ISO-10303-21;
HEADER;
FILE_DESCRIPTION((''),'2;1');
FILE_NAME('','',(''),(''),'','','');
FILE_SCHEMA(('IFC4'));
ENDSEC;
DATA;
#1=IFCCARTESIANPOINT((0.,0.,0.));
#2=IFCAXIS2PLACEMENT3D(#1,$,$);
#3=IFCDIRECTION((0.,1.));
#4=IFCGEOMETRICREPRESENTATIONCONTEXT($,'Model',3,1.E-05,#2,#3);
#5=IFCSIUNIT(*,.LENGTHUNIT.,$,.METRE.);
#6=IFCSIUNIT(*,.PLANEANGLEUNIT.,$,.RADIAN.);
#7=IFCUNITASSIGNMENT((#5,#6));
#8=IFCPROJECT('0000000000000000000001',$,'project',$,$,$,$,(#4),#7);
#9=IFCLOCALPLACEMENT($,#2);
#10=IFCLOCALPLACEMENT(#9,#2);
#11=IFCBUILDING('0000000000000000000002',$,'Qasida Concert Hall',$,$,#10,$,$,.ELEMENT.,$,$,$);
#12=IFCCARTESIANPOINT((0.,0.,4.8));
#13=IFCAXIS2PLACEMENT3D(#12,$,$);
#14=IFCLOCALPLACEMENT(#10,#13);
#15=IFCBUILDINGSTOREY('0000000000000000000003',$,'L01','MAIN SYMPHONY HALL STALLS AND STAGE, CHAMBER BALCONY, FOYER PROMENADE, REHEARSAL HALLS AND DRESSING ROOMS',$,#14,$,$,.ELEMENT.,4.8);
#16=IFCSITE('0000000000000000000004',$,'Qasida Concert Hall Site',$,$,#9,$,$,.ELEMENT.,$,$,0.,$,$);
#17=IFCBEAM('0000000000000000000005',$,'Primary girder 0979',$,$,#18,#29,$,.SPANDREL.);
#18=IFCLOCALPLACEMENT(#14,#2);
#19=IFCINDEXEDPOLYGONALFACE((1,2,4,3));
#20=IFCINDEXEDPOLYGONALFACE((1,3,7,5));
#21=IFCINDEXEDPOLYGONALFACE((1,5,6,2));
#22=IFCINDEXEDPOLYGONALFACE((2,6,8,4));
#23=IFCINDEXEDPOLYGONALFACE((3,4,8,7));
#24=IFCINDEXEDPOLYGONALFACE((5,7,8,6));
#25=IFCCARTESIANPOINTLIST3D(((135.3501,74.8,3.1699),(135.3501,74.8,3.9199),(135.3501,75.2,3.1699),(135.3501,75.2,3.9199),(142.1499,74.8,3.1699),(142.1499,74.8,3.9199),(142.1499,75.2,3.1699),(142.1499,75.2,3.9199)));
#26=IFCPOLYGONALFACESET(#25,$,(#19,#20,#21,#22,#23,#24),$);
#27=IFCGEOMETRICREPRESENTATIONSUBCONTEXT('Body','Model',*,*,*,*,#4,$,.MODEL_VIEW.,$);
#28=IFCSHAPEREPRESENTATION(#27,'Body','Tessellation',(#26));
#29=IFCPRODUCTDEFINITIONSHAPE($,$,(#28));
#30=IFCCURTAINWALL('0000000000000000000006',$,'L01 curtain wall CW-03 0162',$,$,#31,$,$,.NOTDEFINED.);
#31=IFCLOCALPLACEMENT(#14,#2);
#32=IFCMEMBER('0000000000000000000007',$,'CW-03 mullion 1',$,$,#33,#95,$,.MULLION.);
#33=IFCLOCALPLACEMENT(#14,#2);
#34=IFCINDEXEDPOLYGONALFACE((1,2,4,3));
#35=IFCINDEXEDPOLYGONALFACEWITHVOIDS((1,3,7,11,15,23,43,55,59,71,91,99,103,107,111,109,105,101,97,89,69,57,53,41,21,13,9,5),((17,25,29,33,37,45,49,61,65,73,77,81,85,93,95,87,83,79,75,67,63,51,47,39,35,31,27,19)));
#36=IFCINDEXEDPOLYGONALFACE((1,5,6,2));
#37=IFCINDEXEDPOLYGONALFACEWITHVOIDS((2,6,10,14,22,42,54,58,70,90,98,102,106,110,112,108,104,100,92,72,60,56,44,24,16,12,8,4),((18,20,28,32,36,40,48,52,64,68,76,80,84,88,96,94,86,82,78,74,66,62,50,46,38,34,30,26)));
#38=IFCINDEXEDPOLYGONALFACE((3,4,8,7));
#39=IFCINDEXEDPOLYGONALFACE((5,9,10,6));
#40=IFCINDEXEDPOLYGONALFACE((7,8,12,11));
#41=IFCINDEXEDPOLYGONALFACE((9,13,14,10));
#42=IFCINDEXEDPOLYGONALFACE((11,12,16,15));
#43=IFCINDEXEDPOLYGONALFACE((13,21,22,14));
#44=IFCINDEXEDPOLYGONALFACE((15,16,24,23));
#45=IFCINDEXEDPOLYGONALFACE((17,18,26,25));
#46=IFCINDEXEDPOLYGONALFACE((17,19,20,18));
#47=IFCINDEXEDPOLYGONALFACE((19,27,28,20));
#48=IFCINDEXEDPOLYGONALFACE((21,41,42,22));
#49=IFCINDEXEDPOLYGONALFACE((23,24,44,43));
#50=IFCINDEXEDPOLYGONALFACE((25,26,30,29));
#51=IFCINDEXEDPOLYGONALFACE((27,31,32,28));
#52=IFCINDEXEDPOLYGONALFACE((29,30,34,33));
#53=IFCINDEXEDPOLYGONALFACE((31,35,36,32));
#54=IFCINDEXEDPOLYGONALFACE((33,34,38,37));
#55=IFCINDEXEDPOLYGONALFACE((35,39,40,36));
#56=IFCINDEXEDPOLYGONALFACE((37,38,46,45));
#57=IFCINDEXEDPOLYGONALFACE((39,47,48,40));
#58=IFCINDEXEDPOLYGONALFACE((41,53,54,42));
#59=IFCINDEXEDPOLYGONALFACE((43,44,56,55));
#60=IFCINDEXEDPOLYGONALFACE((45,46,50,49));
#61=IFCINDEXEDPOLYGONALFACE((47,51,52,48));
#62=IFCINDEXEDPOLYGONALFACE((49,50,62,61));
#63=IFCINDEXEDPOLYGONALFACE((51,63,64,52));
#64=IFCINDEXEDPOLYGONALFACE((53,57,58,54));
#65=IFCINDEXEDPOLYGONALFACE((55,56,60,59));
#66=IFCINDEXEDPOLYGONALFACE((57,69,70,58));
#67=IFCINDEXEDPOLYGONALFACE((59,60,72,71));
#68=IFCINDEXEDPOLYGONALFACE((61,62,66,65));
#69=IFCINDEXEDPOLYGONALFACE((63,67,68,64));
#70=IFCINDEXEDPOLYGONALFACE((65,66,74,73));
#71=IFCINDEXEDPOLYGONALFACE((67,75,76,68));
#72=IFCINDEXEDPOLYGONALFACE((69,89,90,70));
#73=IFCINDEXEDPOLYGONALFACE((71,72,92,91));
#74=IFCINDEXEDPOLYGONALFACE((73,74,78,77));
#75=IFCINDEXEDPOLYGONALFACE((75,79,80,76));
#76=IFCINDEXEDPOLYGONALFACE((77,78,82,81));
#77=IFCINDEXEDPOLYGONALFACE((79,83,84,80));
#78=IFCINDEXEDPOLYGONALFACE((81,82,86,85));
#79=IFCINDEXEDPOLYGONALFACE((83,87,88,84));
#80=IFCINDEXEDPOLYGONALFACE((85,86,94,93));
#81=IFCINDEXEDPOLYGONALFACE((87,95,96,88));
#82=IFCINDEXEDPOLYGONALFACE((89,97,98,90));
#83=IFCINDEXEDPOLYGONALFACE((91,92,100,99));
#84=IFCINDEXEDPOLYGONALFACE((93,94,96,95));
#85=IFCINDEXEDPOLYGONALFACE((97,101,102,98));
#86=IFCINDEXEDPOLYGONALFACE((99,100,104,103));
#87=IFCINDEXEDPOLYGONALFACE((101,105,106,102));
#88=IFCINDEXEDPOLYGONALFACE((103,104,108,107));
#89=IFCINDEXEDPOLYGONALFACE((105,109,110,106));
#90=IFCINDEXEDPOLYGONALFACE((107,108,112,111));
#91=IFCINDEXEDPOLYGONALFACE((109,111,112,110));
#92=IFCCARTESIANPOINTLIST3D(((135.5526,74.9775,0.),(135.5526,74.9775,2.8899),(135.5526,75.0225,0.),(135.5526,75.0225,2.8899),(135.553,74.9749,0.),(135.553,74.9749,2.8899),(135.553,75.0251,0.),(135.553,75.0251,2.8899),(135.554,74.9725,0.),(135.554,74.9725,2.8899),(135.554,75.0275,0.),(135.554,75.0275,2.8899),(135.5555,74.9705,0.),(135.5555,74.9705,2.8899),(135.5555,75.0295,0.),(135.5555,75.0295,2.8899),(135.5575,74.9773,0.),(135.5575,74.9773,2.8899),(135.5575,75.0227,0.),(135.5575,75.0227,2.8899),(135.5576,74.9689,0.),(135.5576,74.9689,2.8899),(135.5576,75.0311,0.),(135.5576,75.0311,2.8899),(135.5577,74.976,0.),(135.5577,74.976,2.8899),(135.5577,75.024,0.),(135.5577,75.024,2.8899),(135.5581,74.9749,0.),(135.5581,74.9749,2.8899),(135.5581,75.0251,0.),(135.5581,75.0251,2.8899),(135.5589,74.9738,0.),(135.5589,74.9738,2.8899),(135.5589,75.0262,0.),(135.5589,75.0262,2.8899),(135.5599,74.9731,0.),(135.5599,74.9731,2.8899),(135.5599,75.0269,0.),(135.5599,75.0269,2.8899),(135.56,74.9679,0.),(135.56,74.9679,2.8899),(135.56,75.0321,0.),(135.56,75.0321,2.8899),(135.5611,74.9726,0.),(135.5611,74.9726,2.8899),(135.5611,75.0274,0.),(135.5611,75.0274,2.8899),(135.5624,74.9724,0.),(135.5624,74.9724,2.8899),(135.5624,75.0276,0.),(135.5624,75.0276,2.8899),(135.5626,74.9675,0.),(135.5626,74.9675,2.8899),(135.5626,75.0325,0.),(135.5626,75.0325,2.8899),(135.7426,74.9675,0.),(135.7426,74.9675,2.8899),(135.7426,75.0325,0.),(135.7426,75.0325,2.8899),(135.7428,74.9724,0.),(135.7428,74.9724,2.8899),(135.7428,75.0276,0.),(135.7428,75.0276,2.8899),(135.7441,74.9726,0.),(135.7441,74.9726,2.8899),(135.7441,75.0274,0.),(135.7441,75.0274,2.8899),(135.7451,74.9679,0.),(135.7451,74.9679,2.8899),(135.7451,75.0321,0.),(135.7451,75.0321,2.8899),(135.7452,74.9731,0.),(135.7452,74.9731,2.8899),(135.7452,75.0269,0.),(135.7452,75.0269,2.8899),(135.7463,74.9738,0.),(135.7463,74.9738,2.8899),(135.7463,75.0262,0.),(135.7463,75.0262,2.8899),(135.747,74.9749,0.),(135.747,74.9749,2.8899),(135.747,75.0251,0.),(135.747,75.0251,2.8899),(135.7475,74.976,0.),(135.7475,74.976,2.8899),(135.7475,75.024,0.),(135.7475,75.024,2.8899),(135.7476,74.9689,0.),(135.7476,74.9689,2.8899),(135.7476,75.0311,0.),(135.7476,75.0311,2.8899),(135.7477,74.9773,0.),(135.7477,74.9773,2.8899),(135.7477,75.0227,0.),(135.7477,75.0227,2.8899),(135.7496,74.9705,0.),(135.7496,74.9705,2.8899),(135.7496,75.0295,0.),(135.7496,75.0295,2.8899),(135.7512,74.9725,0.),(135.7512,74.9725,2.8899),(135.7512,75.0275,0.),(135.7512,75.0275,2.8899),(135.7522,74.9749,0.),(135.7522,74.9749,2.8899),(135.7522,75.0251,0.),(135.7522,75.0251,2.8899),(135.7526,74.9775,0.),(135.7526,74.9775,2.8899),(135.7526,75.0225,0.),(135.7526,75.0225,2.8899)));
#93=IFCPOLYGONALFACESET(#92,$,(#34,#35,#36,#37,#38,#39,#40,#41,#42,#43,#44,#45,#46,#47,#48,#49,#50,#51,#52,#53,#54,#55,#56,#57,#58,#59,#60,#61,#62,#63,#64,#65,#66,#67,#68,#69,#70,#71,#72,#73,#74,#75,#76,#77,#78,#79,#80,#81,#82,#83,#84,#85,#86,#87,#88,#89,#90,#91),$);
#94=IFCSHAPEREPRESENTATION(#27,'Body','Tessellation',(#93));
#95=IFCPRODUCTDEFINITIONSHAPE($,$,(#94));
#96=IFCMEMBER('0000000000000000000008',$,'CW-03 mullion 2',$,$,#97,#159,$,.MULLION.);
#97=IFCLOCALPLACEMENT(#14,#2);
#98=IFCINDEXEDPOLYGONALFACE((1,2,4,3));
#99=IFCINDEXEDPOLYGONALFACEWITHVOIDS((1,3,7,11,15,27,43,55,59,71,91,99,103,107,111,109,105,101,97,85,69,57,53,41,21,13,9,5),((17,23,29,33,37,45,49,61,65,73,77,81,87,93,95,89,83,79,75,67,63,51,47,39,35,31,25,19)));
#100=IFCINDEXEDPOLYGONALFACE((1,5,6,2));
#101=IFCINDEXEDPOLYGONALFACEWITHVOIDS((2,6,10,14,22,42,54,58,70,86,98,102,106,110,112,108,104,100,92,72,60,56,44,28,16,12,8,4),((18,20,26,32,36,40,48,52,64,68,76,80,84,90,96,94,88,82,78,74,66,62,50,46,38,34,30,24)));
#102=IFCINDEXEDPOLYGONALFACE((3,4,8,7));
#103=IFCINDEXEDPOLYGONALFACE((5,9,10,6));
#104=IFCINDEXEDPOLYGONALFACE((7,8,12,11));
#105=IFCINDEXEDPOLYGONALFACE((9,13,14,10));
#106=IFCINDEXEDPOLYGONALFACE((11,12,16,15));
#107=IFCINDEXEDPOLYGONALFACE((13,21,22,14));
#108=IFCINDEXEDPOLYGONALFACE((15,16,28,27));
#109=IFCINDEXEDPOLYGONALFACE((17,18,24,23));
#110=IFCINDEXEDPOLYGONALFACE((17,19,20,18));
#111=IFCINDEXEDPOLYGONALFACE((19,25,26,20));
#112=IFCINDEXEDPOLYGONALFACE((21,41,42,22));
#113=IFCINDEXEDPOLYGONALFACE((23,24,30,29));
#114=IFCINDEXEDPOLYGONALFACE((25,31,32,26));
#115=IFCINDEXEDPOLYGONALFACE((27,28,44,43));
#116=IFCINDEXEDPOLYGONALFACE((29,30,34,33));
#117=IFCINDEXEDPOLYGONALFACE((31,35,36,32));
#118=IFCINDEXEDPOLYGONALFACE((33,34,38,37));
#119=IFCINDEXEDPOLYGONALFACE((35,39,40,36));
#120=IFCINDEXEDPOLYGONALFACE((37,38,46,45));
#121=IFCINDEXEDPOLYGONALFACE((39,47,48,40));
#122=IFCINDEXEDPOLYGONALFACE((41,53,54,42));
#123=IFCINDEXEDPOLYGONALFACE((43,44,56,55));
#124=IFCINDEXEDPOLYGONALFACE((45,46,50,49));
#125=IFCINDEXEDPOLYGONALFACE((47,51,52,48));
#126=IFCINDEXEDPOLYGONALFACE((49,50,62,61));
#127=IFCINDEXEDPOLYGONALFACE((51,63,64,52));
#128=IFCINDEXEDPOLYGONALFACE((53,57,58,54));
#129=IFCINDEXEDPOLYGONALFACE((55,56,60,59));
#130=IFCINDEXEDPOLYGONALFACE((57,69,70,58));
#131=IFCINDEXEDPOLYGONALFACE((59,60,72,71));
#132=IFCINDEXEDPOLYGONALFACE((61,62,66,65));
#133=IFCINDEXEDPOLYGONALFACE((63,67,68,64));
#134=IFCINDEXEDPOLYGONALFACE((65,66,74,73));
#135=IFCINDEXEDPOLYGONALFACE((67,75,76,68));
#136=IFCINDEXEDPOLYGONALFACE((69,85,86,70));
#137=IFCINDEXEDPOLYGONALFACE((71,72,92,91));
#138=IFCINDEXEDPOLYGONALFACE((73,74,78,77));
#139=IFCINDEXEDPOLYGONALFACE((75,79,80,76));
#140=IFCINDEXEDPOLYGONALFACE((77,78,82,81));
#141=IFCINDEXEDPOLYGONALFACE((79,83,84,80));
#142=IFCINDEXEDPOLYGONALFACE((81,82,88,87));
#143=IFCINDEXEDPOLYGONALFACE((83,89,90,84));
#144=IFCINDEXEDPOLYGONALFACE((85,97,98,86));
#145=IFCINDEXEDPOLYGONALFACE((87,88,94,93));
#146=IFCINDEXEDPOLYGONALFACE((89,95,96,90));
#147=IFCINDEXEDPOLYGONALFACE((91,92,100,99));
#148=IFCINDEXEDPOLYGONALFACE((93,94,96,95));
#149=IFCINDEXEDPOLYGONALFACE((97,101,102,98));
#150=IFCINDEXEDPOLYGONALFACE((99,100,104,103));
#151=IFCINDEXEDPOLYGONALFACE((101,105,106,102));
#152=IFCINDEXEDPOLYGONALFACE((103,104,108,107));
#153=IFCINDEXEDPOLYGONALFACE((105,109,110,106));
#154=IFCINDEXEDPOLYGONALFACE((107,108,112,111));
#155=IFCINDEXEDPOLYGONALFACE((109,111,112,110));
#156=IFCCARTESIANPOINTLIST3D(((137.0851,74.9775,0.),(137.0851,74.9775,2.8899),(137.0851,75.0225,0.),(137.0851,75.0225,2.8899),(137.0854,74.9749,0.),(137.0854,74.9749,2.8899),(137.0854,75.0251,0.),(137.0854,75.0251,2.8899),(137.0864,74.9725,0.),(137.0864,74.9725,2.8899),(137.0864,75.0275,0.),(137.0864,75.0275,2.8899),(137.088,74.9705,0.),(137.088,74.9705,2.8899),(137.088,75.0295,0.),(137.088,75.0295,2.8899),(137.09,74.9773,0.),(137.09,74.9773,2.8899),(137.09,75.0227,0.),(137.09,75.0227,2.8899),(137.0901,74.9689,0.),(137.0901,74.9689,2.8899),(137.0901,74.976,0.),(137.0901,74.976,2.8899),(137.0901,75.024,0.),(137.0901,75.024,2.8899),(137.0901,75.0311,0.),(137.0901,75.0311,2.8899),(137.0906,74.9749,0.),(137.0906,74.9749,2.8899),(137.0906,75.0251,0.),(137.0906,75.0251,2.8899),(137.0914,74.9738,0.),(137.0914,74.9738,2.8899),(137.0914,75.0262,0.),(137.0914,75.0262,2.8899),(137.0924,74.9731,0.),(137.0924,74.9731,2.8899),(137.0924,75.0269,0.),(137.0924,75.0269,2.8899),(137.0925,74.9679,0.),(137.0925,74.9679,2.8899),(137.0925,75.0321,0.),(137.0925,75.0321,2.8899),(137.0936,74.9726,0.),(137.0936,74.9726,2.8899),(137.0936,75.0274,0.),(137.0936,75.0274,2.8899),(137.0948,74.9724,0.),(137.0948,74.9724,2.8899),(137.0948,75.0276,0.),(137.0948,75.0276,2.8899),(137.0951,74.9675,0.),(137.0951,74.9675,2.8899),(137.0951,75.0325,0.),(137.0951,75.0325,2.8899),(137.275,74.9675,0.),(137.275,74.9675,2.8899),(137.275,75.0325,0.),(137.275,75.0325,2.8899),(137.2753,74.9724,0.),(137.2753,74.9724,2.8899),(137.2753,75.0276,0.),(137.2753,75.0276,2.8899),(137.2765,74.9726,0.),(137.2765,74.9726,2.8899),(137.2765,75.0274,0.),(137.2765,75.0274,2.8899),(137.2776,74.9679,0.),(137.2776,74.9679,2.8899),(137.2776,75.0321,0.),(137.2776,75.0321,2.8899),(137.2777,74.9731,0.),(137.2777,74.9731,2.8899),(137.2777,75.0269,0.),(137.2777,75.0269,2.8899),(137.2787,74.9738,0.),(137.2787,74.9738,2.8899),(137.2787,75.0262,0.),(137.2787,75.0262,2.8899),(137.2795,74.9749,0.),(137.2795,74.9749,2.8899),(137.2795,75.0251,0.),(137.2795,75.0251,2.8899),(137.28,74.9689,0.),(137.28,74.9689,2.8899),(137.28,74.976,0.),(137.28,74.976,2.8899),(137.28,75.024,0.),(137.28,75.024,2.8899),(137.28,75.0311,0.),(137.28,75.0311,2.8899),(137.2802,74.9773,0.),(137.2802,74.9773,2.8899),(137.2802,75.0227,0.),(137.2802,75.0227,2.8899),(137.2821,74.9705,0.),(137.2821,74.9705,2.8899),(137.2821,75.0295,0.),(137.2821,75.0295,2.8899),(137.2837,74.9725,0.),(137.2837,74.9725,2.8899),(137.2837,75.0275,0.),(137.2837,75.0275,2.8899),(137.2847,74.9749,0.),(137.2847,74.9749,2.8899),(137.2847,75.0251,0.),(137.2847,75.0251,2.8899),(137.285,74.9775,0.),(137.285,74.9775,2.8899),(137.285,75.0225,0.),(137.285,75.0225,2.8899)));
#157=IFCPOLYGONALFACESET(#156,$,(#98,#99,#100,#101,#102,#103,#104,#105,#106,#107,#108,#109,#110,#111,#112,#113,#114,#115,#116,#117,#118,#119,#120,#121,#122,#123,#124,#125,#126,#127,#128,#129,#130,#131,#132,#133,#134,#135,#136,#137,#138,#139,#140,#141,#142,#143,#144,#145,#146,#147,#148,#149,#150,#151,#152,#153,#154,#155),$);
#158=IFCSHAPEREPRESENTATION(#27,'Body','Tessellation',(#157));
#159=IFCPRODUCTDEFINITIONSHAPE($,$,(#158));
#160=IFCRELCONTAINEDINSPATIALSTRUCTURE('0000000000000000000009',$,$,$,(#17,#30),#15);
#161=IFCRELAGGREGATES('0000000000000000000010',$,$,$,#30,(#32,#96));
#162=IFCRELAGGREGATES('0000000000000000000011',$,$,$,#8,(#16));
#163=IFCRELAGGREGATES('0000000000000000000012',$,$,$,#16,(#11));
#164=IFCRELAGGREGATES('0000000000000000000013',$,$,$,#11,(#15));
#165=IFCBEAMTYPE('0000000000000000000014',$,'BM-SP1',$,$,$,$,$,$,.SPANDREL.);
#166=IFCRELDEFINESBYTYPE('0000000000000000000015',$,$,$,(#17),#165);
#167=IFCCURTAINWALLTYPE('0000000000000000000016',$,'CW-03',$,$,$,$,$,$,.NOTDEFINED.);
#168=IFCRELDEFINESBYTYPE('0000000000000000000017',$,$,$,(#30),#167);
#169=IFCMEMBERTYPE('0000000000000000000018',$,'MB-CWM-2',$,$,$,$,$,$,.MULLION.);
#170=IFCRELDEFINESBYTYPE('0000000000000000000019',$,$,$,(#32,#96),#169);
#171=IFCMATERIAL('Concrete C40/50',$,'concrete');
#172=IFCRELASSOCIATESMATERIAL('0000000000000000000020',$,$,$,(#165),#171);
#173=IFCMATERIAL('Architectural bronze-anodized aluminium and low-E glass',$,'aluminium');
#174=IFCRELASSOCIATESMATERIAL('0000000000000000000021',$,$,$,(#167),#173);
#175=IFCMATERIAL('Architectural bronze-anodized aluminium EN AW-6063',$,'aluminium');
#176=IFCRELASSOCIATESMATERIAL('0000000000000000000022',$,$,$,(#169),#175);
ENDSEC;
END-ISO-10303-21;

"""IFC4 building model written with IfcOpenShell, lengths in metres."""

from ifc_helpers import new_model, si_unit, direction, frame, origin, origin_2d, place, context, subcontext, project, spatial, rectangle, hollow_rectangle, extrude, material, material_profile, profile_set, type_object, element, aggregate, save


model = new_model("IFC4")

# Units and contexts
model_context = context("Model", 3, precision=1e-05, world=origin(), true_north=direction((0.0, 1.0)))
body_context = subcontext(model_context, "Body", "Model", "MODEL_VIEW")
ifc_project = project(units=[si_unit("LENGTHUNIT", "METRE"), si_unit("PLANEANGLEUNIT", "RADIAN")], contexts=[model_context])

# Site, building, storey
site_placement = place(None, origin())
site = spatial("IfcSite", under=ifc_project, at=site_placement, Name="Qasida Concert Hall Site", CompositionType="ELEMENT", RefElevation=0.0)
building_placement = place(site_placement, origin())
building = spatial("IfcBuilding", under=site, at=building_placement, Name="Qasida Concert Hall", CompositionType="ELEMENT")
storey_placement = place(building_placement, frame((0.0, 0.0, 4.8)))
storey = spatial("IfcBuildingStorey", under=building, at=storey_placement, Name="L01", Description="MAIN SYMPHONY HALL STALLS AND STAGE, CHAMBER BALCONY, FOYER PROMENADE, REHEARSAL HALLS AND DRESSING ROOMS", CompositionType="ELEMENT", Elevation=4.8)

# Beam
ifc_material_1 = material(Name="Concrete C40/50", Category="concrete")
ifc_material_profile_1 = material_profile(ifc_material_1, rectangle(XDim=0.3999, YDim=0.75, at=origin_2d()), Name="RC 400x750")
ifc_profile_set_1 = profile_set([ifc_material_profile_1], Name="Concrete C40/50")
beam_type = type_object("IfcBeamType", Name="BM-SP1", PredefinedType="SPANDREL", material=ifc_profile_set_1)
beam_placement = place(storey_placement, frame((135.3501, 75.0, 3.5449), z_axis=(1.0, 0.0, 0.0), x_axis=(0.0, 1.0, 0.0)))
element("IfcBeam", 1, at=beam_placement, inside=storey, type_object=beam_type, Name="Primary girder 0979", PredefinedType="SPANDREL", context=body_context, shape_type="SweptSolid", body=[
    extrude(rectangle(XDim=0.3999, YDim=0.75, at=origin_2d()), origin(), (0.0, 0.0, 1.0), 6.7998),
])

# Curtain wall, members
ifc_material_2 = material(Name="Architectural bronze-anodized aluminium and low-E glass", Category="aluminium")
curtain_wall_type = type_object("IfcCurtainWallType", Name="CW-03", PredefinedType="NOTDEFINED", material=ifc_material_2)
curtain_wall_placement = place(storey_placement, origin())
curtain_wall = element("IfcCurtainWall", 2, at=curtain_wall_placement, inside=storey, type_object=curtain_wall_type, Name="L01 curtain wall CW-03 0162", PredefinedType="NOTDEFINED")
ifc_material_3 = material(Name="Architectural bronze-anodized aluminium EN AW-6063", Category="aluminium")
ifc_material_profile_2 = material_profile(ifc_material_3, hollow_rectangle(XDim=0.0649, YDim=0.2, WallThickness=0.0049, InnerFilletRadius=0.0049, OuterFilletRadius=0.01, at=origin_2d()), Name="CWM 200x65x5")
ifc_profile_set_2 = profile_set([ifc_material_profile_2], Name="Architectural bronze-anodized aluminium EN AW-6063")
member_type_1 = type_object("IfcMemberType", Name="MB-CWM-2", PredefinedType="MULLION", material=ifc_profile_set_2)
member_1_placement = place(storey_placement, frame((135.6526, 75.0, 0.0), z_axis=(0.0, 0.0, 1.0), x_axis=(0.0, 1.0, 0.0)))
member_1 = element("IfcMember", 3, at=member_1_placement, type_object=member_type_1, Name="CW-03 mullion 1", PredefinedType="MULLION", context=body_context, shape_type="SweptSolid", body=[
    extrude(hollow_rectangle(XDim=0.0649, YDim=0.2, WallThickness=0.0049, InnerFilletRadius=0.0049, OuterFilletRadius=0.01, at=origin_2d()), origin(), (0.0, 0.0, 1.0), 2.8899),
])
member_2_placement = place(storey_placement, frame((137.1851, 75.0, 0.0), z_axis=(0.0, 0.0, 1.0), x_axis=(0.0, 1.0, 0.0)))
member_2 = element("IfcMember", 4, at=member_2_placement, type_object=member_type_1, Name="CW-03 mullion 2", PredefinedType="MULLION", context=body_context, shape_type="SweptSolid", body=[
    extrude(hollow_rectangle(XDim=0.0649, YDim=0.2, WallThickness=0.0049, InnerFilletRadius=0.0049, OuterFilletRadius=0.01, at=origin_2d()), origin(), (0.0, 0.0, 1.0), 2.8899),
])
aggregate(curtain_wall, [member_1, member_2])

save(model, "model.ifc")
